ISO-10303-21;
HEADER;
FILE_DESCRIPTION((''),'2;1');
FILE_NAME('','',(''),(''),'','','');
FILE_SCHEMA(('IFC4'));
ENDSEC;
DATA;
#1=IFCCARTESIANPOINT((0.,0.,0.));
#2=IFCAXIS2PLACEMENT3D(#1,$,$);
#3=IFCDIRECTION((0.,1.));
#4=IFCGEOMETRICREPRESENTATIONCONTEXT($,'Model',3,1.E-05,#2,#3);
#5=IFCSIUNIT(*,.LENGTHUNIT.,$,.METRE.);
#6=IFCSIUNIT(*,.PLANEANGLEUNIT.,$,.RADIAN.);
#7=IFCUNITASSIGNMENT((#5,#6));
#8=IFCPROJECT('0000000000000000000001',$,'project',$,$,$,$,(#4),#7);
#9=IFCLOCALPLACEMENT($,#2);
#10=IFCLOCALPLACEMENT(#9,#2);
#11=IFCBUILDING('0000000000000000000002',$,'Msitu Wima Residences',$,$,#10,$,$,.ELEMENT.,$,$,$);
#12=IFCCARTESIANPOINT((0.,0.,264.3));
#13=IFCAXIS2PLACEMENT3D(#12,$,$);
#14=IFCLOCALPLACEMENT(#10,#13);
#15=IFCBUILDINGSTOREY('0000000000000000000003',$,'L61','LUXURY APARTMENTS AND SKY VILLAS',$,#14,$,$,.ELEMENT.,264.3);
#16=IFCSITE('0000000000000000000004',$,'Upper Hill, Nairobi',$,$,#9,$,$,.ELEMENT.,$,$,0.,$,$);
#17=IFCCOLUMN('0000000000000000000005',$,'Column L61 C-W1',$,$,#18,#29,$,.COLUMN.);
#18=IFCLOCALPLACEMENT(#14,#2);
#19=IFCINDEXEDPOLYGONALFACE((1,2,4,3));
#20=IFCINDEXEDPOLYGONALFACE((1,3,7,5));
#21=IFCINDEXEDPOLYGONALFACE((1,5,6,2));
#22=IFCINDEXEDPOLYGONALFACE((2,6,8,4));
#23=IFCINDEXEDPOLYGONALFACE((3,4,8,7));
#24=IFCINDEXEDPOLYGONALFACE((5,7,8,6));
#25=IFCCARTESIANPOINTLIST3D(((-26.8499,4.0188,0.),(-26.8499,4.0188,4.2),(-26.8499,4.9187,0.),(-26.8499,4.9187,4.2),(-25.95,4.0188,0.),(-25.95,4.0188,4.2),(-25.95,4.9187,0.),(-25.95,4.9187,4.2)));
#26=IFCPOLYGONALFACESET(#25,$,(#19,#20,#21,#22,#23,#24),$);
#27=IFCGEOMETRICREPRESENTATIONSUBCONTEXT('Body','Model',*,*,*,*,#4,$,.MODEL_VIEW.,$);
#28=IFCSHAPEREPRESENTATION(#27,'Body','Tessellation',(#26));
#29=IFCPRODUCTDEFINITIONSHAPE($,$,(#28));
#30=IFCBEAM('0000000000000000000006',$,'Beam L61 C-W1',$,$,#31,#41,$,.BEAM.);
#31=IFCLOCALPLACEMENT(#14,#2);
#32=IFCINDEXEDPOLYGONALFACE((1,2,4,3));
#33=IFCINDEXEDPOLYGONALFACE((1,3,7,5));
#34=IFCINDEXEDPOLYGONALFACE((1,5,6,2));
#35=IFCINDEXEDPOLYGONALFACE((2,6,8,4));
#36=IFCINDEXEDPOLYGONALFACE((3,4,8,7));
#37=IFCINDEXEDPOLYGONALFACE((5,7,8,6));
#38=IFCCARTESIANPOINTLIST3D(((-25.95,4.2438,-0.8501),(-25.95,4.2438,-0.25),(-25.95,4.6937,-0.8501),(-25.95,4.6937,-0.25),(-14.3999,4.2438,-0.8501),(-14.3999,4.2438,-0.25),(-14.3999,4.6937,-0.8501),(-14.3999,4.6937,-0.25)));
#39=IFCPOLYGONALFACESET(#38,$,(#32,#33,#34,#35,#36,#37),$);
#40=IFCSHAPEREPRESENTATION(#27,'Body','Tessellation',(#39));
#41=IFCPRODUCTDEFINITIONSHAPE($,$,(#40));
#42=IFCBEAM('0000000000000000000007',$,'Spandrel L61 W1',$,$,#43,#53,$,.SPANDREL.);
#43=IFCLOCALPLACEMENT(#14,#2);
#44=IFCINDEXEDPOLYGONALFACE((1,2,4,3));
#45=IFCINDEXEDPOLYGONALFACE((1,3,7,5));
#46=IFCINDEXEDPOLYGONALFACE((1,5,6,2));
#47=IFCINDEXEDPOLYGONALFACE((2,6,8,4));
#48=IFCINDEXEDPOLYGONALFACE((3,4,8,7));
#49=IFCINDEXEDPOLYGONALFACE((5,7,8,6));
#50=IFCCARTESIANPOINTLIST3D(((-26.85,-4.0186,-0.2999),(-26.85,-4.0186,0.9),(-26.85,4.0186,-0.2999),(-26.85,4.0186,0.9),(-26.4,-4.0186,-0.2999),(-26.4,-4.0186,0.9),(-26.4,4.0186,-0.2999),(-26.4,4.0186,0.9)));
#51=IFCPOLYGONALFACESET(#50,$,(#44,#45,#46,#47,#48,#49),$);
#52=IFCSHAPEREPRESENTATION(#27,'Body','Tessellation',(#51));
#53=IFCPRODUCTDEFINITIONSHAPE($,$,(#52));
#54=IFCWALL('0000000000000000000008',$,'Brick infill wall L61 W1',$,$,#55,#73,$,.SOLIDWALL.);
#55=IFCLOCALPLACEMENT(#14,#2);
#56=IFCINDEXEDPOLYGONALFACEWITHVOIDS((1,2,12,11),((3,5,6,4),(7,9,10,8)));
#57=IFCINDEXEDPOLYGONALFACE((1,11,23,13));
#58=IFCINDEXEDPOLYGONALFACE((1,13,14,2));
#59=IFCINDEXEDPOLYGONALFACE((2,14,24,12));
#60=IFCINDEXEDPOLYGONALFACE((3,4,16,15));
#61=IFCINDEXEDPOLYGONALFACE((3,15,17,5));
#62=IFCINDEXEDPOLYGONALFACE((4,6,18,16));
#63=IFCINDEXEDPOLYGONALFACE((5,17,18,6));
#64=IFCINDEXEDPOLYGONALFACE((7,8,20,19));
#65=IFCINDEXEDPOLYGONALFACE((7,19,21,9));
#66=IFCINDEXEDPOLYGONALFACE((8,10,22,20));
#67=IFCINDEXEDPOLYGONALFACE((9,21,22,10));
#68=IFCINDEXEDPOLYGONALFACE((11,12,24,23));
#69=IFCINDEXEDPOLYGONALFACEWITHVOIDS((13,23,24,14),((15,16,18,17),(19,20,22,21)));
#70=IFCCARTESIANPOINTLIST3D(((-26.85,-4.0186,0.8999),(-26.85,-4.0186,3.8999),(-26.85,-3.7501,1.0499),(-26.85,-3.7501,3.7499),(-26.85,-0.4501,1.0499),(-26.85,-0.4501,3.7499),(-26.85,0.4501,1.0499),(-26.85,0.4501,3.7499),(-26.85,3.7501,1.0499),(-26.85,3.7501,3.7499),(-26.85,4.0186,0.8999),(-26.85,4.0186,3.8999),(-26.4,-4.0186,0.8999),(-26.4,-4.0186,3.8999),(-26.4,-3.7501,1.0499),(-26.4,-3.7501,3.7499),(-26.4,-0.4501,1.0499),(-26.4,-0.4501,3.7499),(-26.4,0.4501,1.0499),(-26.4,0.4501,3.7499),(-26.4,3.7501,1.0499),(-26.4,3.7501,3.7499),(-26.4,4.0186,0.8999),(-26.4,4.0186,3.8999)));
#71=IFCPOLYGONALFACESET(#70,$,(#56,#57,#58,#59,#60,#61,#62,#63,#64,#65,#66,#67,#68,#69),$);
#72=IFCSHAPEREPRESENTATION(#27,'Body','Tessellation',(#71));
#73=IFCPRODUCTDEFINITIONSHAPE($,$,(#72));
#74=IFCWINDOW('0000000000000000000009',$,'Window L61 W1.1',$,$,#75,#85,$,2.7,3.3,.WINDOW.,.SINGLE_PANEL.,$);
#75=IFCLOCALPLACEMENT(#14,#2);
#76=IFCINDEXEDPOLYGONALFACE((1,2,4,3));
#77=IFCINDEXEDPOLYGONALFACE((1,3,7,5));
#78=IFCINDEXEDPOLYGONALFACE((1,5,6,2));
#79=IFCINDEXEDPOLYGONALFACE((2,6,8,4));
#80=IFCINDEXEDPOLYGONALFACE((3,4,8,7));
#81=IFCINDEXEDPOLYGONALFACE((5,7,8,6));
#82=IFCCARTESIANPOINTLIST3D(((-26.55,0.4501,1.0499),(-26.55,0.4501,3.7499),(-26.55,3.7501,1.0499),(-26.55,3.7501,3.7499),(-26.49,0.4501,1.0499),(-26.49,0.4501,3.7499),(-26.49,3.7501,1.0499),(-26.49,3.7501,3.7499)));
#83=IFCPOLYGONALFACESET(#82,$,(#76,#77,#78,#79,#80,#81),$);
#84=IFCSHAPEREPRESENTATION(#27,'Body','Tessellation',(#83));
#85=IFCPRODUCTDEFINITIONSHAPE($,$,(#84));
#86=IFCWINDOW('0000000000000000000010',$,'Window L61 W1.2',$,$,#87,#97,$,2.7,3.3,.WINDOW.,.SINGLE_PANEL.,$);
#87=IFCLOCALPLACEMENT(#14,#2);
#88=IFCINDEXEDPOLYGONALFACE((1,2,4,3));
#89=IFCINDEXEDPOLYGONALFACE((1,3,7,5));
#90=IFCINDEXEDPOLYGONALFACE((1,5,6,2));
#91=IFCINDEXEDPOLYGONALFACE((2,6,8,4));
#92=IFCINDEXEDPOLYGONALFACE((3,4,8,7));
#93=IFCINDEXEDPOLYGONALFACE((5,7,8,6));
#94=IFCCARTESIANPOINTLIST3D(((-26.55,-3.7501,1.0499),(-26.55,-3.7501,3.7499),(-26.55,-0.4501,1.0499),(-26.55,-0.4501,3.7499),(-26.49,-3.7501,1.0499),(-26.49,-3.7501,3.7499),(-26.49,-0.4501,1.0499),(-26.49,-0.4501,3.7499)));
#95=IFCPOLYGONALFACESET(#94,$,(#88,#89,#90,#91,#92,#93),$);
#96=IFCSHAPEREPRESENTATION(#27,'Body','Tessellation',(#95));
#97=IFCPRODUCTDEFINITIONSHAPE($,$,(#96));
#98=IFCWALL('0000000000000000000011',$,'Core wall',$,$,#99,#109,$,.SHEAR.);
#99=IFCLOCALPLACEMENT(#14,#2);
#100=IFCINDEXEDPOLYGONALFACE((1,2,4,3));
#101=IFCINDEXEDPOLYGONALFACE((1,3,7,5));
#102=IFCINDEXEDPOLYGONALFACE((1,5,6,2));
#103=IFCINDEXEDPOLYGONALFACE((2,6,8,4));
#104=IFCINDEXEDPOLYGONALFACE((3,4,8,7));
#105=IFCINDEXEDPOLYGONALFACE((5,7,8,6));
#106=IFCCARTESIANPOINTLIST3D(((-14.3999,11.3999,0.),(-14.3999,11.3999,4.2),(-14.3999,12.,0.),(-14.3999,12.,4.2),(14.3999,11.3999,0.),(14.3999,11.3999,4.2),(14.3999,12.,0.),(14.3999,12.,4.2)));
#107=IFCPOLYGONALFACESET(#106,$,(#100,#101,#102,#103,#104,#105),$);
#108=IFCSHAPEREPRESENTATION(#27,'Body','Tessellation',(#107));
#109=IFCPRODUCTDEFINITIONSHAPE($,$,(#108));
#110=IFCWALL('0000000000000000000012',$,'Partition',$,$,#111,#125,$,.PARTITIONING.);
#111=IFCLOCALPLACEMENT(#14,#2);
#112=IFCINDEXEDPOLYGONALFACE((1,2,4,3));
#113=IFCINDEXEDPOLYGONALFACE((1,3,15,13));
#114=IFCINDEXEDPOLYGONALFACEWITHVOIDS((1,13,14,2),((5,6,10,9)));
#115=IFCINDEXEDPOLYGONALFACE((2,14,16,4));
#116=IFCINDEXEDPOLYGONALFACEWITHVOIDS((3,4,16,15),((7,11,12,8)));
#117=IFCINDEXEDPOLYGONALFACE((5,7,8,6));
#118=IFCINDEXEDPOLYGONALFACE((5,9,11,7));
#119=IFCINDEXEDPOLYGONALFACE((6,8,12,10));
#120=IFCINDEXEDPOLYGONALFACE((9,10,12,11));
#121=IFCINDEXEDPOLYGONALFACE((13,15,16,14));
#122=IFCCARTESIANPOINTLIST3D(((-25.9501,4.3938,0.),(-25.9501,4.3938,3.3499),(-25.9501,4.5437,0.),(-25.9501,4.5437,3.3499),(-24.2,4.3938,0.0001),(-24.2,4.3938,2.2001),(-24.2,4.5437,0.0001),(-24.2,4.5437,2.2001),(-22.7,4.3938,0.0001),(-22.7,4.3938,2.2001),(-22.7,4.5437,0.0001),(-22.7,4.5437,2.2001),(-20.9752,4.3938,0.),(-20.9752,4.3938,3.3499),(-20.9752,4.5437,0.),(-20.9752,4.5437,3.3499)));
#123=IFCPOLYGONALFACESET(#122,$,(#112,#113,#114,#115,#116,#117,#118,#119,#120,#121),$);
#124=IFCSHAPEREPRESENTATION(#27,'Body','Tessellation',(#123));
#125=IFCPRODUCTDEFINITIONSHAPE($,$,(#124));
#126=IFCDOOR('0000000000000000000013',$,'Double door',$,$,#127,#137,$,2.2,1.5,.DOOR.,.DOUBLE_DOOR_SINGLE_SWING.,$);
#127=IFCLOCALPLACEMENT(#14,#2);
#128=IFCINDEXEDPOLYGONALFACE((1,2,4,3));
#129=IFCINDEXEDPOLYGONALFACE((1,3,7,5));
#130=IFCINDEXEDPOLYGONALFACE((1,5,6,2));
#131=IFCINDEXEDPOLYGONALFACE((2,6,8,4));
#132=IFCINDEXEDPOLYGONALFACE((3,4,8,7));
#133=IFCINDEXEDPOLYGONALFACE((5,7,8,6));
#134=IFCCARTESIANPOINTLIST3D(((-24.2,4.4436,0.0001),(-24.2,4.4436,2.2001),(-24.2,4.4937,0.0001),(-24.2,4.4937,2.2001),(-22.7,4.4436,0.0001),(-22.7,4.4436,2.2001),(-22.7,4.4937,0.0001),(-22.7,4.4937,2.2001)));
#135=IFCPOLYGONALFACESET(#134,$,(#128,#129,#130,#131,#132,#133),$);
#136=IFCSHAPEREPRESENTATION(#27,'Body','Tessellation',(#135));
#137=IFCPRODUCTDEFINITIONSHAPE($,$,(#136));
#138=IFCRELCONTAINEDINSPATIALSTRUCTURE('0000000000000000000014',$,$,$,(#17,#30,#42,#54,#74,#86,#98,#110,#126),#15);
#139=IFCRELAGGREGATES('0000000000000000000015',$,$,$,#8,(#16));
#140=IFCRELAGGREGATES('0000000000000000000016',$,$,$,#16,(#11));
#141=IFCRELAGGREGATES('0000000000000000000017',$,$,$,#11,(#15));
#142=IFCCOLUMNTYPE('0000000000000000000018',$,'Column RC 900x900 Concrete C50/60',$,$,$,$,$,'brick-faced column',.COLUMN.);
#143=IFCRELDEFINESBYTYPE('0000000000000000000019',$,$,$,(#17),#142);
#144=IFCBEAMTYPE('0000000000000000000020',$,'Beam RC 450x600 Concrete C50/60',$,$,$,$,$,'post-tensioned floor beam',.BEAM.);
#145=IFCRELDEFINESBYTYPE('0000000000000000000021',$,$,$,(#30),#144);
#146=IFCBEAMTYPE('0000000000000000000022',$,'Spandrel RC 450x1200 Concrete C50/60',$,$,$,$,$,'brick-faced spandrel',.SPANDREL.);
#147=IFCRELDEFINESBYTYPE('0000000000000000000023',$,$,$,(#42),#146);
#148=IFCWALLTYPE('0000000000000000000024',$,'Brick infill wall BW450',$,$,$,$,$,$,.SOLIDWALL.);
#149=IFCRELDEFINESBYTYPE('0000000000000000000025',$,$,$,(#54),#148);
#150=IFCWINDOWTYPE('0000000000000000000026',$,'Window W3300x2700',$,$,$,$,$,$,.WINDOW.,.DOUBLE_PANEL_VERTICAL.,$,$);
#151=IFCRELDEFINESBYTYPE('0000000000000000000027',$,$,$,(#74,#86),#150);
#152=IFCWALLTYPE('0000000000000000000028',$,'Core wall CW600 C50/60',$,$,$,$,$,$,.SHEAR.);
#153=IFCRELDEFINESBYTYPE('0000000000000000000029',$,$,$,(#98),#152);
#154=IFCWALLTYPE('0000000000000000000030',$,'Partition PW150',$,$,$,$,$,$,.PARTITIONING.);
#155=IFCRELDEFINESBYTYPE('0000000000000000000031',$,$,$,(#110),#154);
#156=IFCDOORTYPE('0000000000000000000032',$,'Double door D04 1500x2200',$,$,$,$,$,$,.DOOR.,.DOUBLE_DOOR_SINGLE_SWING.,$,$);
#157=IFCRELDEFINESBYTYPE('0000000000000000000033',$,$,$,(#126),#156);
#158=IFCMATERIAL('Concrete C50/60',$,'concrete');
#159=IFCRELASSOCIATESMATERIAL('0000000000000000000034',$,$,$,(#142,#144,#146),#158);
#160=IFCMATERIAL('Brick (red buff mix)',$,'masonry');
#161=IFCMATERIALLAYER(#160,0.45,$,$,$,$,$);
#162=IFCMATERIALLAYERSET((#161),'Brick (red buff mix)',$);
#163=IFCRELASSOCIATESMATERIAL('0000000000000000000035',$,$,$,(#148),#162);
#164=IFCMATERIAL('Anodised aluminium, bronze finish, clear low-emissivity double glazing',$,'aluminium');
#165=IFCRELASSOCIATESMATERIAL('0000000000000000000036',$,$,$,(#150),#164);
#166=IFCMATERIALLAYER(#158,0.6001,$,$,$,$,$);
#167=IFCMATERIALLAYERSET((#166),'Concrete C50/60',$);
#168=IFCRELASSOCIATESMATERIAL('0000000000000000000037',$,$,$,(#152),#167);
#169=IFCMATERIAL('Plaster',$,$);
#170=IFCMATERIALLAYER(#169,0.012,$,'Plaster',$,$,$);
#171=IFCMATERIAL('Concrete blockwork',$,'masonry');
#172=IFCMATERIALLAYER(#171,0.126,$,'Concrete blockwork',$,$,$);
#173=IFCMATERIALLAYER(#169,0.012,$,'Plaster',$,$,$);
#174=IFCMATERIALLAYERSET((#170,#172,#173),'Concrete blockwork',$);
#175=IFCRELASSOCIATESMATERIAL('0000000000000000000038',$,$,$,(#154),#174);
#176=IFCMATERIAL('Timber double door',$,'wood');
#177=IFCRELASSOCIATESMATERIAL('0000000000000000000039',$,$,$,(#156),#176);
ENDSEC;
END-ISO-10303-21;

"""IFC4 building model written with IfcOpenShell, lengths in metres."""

from ifc_helpers import new_model, si_unit, direction, frame, frame_2d, origin, origin_2d, place, context, subcontext, project, spatial, rectangle, extrude, material, layer, layer_set, material_profile, profile_set, type_object, element, fill, save


model = new_model("IFC4")

# Units and contexts
model_context = context("Model", 3, precision=1e-05, world=origin(), true_north=direction((0.0, 1.0)))
body_context = subcontext(model_context, "Body", "Model", "MODEL_VIEW")
ifc_project = project(units=[si_unit("LENGTHUNIT", "METRE"), si_unit("PLANEANGLEUNIT", "RADIAN")], contexts=[model_context])

# Site, building, storey
site_placement = place(None, origin())
site = spatial("IfcSite", under=ifc_project, at=site_placement, Name="Upper Hill, Nairobi", CompositionType="ELEMENT", RefElevation=0.0)
building_placement = place(site_placement, origin())
building = spatial("IfcBuilding", under=site, at=building_placement, Name="Msitu Wima Residences", CompositionType="ELEMENT")
storey_placement = place(building_placement, frame((0.0, 0.0, 264.3)))
storey = spatial("IfcBuildingStorey", under=building, at=storey_placement, Name="L61", Description="LUXURY APARTMENTS AND SKY VILLAS", CompositionType="ELEMENT", Elevation=264.3)

# Column
ifc_material_1 = material(Name="Concrete C50/60", Category="concrete")
ifc_material_profile_1 = material_profile(ifc_material_1, rectangle(XDim=0.8999, YDim=0.8999, at=origin_2d()), Name="RC 900x900")
ifc_profile_set_1 = profile_set([ifc_material_profile_1], Name="Concrete C50/60")
column_type = type_object("IfcColumnType", Name="Column RC 900x900 Concrete C50/60", ElementType="brick-faced column", PredefinedType="COLUMN", material=ifc_profile_set_1)
column_placement = place(storey_placement, frame((-26.3999, 4.4688, 0.0), z_axis=(0.0, 0.0, 1.0), x_axis=(0.0, -1.0, 0.0)))
element("IfcColumn", 1, at=column_placement, inside=storey, type_object=column_type, Name="Column L61 C-W1", PredefinedType="COLUMN", context=body_context, shape_type="SweptSolid", body=[
    extrude(rectangle(XDim=0.8999, YDim=0.8999, at=origin_2d()), origin(), (0.0, 0.0, 1.0), 4.2),
])

# Beams
ifc_material_profile_2 = material_profile(ifc_material_1, rectangle(XDim=0.45, YDim=0.6001, at=origin_2d()), Name="RC 450x600")
ifc_profile_set_2 = profile_set([ifc_material_profile_2], Name="Concrete C50/60")
beam_type_1 = type_object("IfcBeamType", Name="Beam RC 450x600 Concrete C50/60", ElementType="post-tensioned floor beam", PredefinedType="BEAM", material=ifc_profile_set_2)
beam_1_placement = place(storey_placement, frame((-25.95, 4.4688, -0.55), z_axis=(1.0, 0.0, 0.0), x_axis=(0.0, 1.0, 0.0)))
element("IfcBeam", 2, at=beam_1_placement, inside=storey, type_object=beam_type_1, Name="Beam L61 C-W1", PredefinedType="BEAM", context=body_context, shape_type="SweptSolid", body=[
    extrude(rectangle(XDim=0.45, YDim=0.6001, at=origin_2d()), origin(), (0.0, 0.0, 1.0), 11.55),
])
ifc_material_profile_3 = material_profile(ifc_material_1, rectangle(XDim=0.45, YDim=1.2, at=origin_2d()), Name="RC 450x1200")
ifc_profile_set_3 = profile_set([ifc_material_profile_3], Name="Concrete C50/60")
beam_type_2 = type_object("IfcBeamType", Name="Spandrel RC 450x1200 Concrete C50/60", ElementType="brick-faced spandrel", PredefinedType="SPANDREL", material=ifc_profile_set_3)
beam_2_placement = place(storey_placement, frame((-26.625, 4.0186, 0.3), z_axis=(0.0, -1.0, 0.0), x_axis=(1.0, 0.0, 0.0)))
element("IfcBeam", 3, at=beam_2_placement, inside=storey, type_object=beam_type_2, Name="Spandrel L61 W1", PredefinedType="SPANDREL", context=body_context, shape_type="SweptSolid", body=[
    extrude(rectangle(XDim=0.45, YDim=1.2, at=origin_2d()), origin(), (0.0, 0.0, 1.0), 8.0371),
])

# Wall, openings, windows
ifc_material_2 = material(Name="Brick (red buff mix)", Category="masonry")
ifc_layer_1 = layer(ifc_material_2, 0.45)
ifc_layer_set_1 = layer_set([ifc_layer_1], Name="Brick (red buff mix)")
wall_type_1 = type_object("IfcWallType", Name="Brick infill wall BW450", PredefinedType="SOLIDWALL", material=ifc_layer_set_1)
wall_1_placement = place(storey_placement, frame((-26.625, 4.0186, 0.8999), z_axis=(0.0, 0.0, 1.0), x_axis=(0.0, -1.0, 0.0)))
wall_1 = element("IfcWall", 4, at=wall_1_placement, inside=storey, type_object=wall_type_1, Name="Brick infill wall L61 W1", PredefinedType="SOLIDWALL", context=body_context, shape_type="SweptSolid", body=[
    extrude(rectangle(XDim=8.0371, YDim=0.45, at=frame_2d((4.0186, 0.0))), origin(), (0.0, 0.0, 1.0), 3.0),
])
opening_1_placement = place(wall_1_placement, frame((0.2686, 0.0, 0.1499)))
opening_1 = element("IfcOpeningElement", 5, at=opening_1_placement, cuts=wall_1, PredefinedType="OPENING", context=body_context, shape_type="SweptSolid", body=[
    extrude(rectangle(XDim=3.3, YDim=2.7, at=frame_2d((1.6499, 1.3501))), frame((0.0, 0.2349, 0.0), z_axis=(0.0, -1.0, 0.0), x_axis=(1.0, 0.0, 0.0)), (0.0, 0.0, 1.0), 0.47),
])
opening_2_placement = place(wall_1_placement, frame((4.4688, 0.0, 0.1499)))
opening_2 = element("IfcOpeningElement", 6, at=opening_2_placement, cuts=wall_1, PredefinedType="OPENING", context=body_context, shape_type="SweptSolid", body=[
    extrude(rectangle(XDim=3.3, YDim=2.7, at=frame_2d((1.6499, 1.3501))), frame((0.0, 0.2349, 0.0), z_axis=(0.0, -1.0, 0.0), x_axis=(1.0, 0.0, 0.0)), (0.0, 0.0, 1.0), 0.47),
])
ifc_material_3 = material(Name="Anodised aluminium, bronze finish, clear low-emissivity double glazing", Category="aluminium")
window_type = type_object("IfcWindowType", Name="Window W3300x2700", PartitioningType="DOUBLE_PANEL_VERTICAL", PredefinedType="WINDOW", material=ifc_material_3)
window_1_placement = place(opening_1_placement, origin())
window_1 = element("IfcWindow", 7, at=window_1_placement, inside=storey, type_object=window_type, Name="Window L61 W1.1", OverallHeight=2.7, OverallWidth=3.3, PartitioningType="SINGLE_PANEL", PredefinedType="WINDOW", context=body_context, shape_type="SweptSolid", body=[
    extrude(rectangle(XDim=3.3, YDim=2.7, at=frame_2d((1.6499, 1.3501))), frame((0.0, 0.135, 0.0), z_axis=(0.0, -1.0, 0.0), x_axis=(1.0, 0.0, 0.0)), (0.0, 0.0, 1.0), 0.0601),
])
fill(opening_1, window_1)
window_2_placement = place(opening_2_placement, origin())
window_2 = element("IfcWindow", 8, at=window_2_placement, inside=storey, type_object=window_type, Name="Window L61 W1.2", OverallHeight=2.7, OverallWidth=3.3, PartitioningType="SINGLE_PANEL", PredefinedType="WINDOW", context=body_context, shape_type="SweptSolid", body=[
    extrude(rectangle(XDim=3.3, YDim=2.7, at=frame_2d((1.6499, 1.3501))), frame((0.0, 0.135, 0.0), z_axis=(0.0, -1.0, 0.0), x_axis=(1.0, 0.0, 0.0)), (0.0, 0.0, 1.0), 0.0601),
])
fill(opening_2, window_2)

# Wall
ifc_layer_2 = layer(ifc_material_1, 0.6001)
ifc_layer_set_2 = layer_set([ifc_layer_2], Name="Concrete C50/60")
wall_type_2 = type_object("IfcWallType", Name="Core wall CW600 C50/60", PredefinedType="SHEAR", material=ifc_layer_set_2)
wall_2_placement = place(storey_placement, frame((-14.3999, 11.7, 0.0), z_axis=(0.0, 0.0, 1.0), x_axis=(1.0, 0.0, 0.0)))
element("IfcWall", 9, at=wall_2_placement, inside=storey, type_object=wall_type_2, Name="Core wall", PredefinedType="SHEAR", context=body_context, shape_type="SweptSolid", body=[
    extrude(rectangle(XDim=28.7998, YDim=0.6001, at=frame_2d((14.3999, 0.0))), origin(), (0.0, 0.0, 1.0), 4.2),
])

# Wall, opening, door
ifc_material_4 = material(Name="Plaster")
ifc_layer_3 = layer(ifc_material_4, 0.012, Name="Plaster")
ifc_material_5 = material(Name="Concrete blockwork", Category="masonry")
ifc_layer_4 = layer(ifc_material_5, 0.126, Name="Concrete blockwork")
ifc_layer_5 = layer(ifc_material_4, 0.012, Name="Plaster")
ifc_layer_set_3 = layer_set([ifc_layer_3, ifc_layer_4, ifc_layer_5], Name="Concrete blockwork")
wall_type_3 = type_object("IfcWallType", Name="Partition PW150", PredefinedType="PARTITIONING", material=ifc_layer_set_3)
wall_3_placement = place(storey_placement, frame((-25.95, 4.4688, 0.0), z_axis=(0.0, 0.0, 1.0), x_axis=(1.0, 0.0, 0.0)))
wall_3 = element("IfcWall", 10, at=wall_3_placement, inside=storey, type_object=wall_type_3, Name="Partition", PredefinedType="PARTITIONING", context=body_context, shape_type="SweptSolid", body=[
    extrude(rectangle(XDim=4.9749, YDim=0.1499, at=frame_2d((2.4873, 0.0))), origin(), (0.0, 0.0, 1.0), 3.3499),
])
opening_3_placement = place(wall_3_placement, frame((1.75, 0.0, 0.0)))
opening_3 = element("IfcOpeningElement", 11, at=opening_3_placement, cuts=wall_3, PredefinedType="OPENING", context=body_context, shape_type="SweptSolid", body=[
    extrude(rectangle(XDim=1.5, YDim=2.2, at=frame_2d((0.75, 1.1001))), frame((0.0, 0.085, 0.0), z_axis=(0.0, -1.0, 0.0), x_axis=(1.0, 0.0, 0.0)), (0.0, 0.0, 1.0), 0.1699),
])
ifc_material_6 = material(Name="Timber double door", Category="wood")
door_type_1 = type_object("IfcDoorType", Name="Double door D04 1500x2200", OperationType="DOUBLE_DOOR_SINGLE_SWING", PredefinedType="DOOR", material=ifc_material_6)
door_1_placement = place(opening_3_placement, origin())
door_1 = element("IfcDoor", 12, at=door_1_placement, inside=storey, type_object=door_type_1, Name="Double door", OperationType="DOUBLE_DOOR_SINGLE_SWING", OverallHeight=2.2, OverallWidth=1.5, PredefinedType="DOOR", context=body_context, shape_type="SweptSolid", body=[
    extrude(rectangle(XDim=1.5, YDim=2.2, at=frame_2d((0.75, 1.1001))), frame((0.0, 0.0249, 0.0), z_axis=(0.0, -1.0, 0.0), x_axis=(1.0, 0.0, 0.0)), (0.0, 0.0, 1.0), 0.05),
])
fill(opening_3, door_1)

save(model, "model.ifc")
